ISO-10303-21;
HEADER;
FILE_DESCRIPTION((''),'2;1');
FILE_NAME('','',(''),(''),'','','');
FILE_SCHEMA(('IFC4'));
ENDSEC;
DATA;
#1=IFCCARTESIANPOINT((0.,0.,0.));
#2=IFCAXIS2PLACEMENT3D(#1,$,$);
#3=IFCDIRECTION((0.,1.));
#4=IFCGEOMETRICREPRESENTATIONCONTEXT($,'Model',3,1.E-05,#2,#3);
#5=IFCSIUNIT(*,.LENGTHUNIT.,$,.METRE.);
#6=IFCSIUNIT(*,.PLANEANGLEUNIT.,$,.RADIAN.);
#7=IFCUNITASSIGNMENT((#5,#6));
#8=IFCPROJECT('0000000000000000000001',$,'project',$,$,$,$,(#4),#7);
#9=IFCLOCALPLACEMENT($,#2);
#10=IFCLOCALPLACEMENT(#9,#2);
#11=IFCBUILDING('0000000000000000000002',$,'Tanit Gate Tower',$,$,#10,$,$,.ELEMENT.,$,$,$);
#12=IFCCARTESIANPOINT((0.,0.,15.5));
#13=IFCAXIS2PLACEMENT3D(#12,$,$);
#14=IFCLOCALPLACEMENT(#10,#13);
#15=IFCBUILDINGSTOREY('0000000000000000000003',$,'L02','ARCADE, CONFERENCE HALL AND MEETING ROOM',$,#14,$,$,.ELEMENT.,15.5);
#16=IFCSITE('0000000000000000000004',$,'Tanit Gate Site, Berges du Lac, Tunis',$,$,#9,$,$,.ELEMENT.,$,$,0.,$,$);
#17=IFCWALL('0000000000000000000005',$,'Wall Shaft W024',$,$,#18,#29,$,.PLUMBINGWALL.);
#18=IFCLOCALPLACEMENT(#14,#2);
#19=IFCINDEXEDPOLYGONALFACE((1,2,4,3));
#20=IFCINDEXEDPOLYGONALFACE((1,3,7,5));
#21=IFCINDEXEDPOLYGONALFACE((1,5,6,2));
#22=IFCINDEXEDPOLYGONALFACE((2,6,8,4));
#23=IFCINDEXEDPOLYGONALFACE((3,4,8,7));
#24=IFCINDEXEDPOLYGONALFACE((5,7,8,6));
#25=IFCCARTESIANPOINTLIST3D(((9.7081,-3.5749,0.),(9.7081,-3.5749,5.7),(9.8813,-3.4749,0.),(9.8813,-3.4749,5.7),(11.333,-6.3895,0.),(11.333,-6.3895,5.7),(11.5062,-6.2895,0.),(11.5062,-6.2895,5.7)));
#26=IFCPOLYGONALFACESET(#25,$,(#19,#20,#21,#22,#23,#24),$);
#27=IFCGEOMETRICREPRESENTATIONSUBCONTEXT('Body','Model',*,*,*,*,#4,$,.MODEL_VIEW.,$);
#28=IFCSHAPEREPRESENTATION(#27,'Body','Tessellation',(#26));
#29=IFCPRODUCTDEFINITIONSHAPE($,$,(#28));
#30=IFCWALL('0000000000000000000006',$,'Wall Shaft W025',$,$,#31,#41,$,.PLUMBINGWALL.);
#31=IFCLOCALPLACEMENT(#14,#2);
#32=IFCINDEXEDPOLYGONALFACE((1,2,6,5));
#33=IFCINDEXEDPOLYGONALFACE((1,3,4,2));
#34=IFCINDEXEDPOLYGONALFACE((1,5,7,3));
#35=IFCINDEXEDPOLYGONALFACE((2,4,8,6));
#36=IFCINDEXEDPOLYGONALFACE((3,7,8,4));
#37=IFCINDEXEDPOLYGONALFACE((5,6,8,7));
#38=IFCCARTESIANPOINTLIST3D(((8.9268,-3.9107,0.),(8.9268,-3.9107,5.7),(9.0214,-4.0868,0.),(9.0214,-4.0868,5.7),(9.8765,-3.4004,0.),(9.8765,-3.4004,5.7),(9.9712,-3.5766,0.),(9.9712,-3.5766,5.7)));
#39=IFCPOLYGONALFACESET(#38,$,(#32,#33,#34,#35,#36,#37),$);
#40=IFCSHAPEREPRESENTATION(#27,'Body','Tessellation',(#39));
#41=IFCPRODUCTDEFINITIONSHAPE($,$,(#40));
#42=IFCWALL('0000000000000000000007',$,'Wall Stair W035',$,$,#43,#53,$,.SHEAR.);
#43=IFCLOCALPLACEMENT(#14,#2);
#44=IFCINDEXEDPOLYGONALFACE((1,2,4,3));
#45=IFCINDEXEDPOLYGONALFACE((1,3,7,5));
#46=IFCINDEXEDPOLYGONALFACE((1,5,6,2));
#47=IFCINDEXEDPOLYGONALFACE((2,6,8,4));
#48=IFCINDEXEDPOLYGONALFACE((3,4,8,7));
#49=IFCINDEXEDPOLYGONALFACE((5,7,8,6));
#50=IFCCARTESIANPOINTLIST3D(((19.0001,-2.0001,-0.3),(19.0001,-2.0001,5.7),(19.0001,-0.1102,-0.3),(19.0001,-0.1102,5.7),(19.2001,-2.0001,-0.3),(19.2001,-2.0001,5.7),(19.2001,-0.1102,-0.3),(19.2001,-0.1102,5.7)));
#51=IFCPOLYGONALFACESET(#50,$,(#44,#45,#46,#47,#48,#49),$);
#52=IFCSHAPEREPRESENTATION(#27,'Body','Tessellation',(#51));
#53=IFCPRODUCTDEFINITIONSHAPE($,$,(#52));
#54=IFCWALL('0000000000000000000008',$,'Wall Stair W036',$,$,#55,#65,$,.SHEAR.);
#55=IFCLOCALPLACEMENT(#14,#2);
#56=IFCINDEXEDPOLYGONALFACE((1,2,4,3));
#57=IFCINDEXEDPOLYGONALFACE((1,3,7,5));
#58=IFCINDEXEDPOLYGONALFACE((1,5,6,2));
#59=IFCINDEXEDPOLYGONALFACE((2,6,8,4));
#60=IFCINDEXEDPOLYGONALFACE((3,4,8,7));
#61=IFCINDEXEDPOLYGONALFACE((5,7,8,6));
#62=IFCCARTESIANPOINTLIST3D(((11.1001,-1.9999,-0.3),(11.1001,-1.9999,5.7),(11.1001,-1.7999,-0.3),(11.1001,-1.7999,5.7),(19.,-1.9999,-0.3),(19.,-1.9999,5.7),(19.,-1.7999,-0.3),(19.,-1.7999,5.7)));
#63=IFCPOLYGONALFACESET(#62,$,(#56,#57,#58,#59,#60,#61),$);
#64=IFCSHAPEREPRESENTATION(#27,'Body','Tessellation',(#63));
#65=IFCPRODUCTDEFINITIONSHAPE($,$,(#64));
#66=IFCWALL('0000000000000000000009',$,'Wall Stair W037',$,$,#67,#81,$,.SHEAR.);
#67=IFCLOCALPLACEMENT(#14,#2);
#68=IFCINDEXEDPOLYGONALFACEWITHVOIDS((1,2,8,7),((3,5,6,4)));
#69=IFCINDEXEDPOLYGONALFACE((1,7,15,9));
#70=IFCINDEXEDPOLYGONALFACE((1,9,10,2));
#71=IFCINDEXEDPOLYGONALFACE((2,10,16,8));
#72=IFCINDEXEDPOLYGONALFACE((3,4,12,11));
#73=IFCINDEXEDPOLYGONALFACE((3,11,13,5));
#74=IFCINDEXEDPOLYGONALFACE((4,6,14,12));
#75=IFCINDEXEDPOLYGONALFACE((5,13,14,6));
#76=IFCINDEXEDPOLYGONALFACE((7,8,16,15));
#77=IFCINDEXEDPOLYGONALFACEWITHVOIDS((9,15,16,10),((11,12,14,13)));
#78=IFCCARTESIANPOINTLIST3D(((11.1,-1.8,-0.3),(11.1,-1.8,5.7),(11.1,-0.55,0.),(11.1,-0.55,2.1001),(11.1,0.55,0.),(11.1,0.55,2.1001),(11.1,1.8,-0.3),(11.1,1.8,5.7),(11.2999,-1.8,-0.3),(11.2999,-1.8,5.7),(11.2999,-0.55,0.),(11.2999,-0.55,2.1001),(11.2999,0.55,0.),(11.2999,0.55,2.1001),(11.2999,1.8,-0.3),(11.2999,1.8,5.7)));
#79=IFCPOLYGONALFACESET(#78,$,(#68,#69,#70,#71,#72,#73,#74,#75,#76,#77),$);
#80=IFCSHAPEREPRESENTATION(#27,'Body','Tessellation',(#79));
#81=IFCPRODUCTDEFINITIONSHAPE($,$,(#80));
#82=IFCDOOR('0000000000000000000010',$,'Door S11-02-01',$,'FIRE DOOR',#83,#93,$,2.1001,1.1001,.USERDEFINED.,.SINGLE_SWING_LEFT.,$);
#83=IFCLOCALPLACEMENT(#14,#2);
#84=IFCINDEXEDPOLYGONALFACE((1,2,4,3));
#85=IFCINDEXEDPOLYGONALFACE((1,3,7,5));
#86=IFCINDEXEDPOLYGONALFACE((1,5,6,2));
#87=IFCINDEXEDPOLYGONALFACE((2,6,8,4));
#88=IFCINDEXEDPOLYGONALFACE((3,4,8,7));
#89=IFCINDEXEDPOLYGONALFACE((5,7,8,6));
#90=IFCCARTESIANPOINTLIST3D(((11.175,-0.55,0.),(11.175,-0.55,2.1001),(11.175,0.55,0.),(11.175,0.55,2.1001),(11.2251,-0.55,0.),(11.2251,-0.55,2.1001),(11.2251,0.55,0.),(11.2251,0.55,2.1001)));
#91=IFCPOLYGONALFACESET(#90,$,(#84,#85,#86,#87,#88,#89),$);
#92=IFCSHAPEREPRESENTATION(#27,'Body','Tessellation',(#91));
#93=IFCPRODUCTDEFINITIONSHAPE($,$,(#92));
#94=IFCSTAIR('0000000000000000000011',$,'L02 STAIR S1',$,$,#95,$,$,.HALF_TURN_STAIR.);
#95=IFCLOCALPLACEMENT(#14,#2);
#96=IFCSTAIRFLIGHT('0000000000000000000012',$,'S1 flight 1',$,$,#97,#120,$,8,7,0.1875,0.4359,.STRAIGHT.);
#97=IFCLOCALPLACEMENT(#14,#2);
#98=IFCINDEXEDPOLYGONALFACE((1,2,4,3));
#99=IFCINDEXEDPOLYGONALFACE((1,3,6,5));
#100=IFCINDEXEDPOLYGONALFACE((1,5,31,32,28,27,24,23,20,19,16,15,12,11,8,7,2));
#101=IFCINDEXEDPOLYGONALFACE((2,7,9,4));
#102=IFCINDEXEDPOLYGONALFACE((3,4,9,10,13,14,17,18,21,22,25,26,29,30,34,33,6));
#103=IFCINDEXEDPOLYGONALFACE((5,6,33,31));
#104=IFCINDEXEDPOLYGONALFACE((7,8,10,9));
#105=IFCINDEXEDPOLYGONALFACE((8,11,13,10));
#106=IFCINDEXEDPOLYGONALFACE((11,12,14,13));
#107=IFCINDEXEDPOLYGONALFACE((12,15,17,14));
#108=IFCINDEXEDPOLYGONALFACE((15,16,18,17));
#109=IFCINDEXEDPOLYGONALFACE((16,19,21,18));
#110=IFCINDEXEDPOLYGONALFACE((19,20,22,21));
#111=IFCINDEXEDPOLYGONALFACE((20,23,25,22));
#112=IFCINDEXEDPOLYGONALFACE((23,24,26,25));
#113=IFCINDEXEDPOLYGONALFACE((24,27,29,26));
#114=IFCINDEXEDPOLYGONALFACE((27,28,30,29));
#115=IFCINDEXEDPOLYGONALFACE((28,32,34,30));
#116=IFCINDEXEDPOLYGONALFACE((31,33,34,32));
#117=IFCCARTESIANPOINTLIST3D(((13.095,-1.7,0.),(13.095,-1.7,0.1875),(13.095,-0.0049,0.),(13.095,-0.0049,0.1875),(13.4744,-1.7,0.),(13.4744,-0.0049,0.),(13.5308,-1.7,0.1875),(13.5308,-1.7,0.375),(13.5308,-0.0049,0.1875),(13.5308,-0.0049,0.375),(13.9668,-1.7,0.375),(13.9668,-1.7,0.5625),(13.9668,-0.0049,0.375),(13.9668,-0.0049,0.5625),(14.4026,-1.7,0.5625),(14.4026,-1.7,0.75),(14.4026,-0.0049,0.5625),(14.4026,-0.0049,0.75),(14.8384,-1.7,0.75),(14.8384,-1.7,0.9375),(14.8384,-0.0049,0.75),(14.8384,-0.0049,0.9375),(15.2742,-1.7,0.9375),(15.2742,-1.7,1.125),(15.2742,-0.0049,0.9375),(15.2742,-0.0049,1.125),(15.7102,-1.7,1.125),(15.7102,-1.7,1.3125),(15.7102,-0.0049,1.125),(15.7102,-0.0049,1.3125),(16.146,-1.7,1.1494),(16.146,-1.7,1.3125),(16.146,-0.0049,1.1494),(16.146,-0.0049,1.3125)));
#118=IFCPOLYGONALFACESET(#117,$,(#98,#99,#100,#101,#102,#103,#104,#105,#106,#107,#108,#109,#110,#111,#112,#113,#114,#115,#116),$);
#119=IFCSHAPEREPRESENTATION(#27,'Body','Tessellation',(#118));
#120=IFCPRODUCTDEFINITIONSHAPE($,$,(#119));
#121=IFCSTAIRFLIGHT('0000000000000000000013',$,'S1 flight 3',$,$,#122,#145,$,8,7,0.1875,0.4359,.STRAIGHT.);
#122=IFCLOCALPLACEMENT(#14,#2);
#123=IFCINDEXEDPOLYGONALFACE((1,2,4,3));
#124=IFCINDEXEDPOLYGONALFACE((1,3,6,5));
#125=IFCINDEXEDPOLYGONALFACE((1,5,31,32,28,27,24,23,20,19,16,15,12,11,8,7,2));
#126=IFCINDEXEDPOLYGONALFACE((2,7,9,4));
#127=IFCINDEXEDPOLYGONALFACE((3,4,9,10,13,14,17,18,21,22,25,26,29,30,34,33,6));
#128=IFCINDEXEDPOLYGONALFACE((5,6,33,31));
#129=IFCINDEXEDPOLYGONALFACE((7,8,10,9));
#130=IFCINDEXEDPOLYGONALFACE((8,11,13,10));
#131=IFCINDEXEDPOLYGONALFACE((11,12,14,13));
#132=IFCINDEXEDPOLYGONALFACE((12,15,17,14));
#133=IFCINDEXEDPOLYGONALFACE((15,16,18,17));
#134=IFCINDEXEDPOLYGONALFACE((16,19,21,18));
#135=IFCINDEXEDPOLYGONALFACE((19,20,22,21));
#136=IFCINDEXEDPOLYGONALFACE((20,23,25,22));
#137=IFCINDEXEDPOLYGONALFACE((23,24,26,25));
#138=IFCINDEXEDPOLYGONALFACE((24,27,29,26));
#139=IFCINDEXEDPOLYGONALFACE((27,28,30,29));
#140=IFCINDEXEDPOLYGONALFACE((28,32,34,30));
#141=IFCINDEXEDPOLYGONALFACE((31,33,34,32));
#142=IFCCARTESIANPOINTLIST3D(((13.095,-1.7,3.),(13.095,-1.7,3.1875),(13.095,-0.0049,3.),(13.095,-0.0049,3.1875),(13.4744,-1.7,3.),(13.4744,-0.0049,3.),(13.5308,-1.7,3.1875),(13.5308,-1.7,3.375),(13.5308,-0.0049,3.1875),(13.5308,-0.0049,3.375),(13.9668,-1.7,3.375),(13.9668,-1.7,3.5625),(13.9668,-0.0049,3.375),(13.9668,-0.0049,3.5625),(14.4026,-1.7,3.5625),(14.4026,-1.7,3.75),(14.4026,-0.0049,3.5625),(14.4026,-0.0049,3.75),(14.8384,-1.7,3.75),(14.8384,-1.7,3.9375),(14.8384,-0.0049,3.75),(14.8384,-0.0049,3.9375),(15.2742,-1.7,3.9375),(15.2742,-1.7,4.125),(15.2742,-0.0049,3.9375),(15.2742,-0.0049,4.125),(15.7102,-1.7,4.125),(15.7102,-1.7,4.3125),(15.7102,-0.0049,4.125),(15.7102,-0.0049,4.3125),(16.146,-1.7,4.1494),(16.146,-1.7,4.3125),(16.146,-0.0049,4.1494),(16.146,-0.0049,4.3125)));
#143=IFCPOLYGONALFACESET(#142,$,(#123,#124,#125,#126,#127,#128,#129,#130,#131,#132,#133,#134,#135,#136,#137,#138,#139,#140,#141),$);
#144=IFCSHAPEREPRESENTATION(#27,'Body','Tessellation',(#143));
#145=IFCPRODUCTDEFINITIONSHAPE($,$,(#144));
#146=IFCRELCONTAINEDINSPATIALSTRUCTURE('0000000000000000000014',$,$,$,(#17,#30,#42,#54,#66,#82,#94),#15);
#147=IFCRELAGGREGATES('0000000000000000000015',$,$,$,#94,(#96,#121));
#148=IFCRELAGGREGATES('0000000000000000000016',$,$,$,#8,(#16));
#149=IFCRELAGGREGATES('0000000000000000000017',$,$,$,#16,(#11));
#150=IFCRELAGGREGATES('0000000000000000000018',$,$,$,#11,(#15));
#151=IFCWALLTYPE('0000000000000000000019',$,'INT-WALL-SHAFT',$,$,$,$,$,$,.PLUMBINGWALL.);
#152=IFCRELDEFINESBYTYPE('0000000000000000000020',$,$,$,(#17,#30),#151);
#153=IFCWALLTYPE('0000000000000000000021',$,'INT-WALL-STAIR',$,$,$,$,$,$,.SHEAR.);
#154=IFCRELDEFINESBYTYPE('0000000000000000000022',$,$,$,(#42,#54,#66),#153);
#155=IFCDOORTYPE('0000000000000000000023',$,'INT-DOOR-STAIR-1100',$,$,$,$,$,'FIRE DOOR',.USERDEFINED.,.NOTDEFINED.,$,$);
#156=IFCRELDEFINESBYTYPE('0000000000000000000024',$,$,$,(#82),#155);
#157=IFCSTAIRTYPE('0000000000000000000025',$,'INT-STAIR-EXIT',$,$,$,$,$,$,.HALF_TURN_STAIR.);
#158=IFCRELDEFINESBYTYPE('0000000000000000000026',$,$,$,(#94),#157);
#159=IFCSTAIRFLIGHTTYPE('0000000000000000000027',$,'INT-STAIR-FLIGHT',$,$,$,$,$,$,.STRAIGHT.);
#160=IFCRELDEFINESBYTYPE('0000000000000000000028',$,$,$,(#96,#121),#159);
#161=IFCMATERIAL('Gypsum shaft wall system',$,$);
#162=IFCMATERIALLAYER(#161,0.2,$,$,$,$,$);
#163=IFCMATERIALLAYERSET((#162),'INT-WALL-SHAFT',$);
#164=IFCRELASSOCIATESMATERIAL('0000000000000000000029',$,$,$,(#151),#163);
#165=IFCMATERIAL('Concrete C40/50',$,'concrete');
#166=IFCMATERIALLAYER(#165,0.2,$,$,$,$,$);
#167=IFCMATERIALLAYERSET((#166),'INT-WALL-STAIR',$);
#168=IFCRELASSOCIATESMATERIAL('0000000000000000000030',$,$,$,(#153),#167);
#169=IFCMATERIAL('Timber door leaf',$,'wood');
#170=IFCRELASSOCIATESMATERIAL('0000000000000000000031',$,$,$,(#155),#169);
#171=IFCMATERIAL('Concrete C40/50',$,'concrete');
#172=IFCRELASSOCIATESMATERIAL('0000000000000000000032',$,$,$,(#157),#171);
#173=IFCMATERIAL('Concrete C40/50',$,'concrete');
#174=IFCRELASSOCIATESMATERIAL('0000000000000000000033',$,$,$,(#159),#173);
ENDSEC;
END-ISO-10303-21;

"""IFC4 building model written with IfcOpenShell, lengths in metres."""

from ifc_helpers import new_model, si_unit, direction, frame, frame_2d, origin, place, context, subcontext, project, spatial, polyline, rectangle, outline, extrude, material, layer, layer_set, type_object, element, fill, aggregate, save


model = new_model("IFC4")

# Units and contexts
model_context = context("Model", 3, precision=1e-05, world=origin(), true_north=direction((0.0, 1.0)))
body_context = subcontext(model_context, "Body", "Model", "MODEL_VIEW")
ifc_project = project(units=[si_unit("LENGTHUNIT", "METRE"), si_unit("PLANEANGLEUNIT", "RADIAN")], contexts=[model_context])

# Site, building, storey
site_placement = place(None, origin())
site = spatial("IfcSite", under=ifc_project, at=site_placement, Name="Tanit Gate Site, Berges du Lac, Tunis", CompositionType="ELEMENT", RefElevation=0.0)
building_placement = place(site_placement, origin())
building = spatial("IfcBuilding", under=site, at=building_placement, Name="Tanit Gate Tower", CompositionType="ELEMENT")
storey_placement = place(building_placement, frame((0.0, 0.0, 15.5)))
storey = spatial("IfcBuildingStorey", under=building, at=storey_placement, Name="L02", Description="ARCADE, CONFERENCE HALL AND MEETING ROOM", CompositionType="ELEMENT", Elevation=15.5)

# Walls
ifc_material_1 = material(Name="Gypsum shaft wall system")
ifc_layer_1 = layer(ifc_material_1, 0.2)
ifc_layer_set_1 = layer_set([ifc_layer_1], Name="INT-WALL-SHAFT")
wall_type_1 = type_object("IfcWallType", Name="INT-WALL-SHAFT", PredefinedType="PLUMBINGWALL", material=ifc_layer_set_1)
wall_1_placement = place(storey_placement, frame((9.7947, -3.5249, 0.0), z_axis=(0.0, 0.0, 1.0), x_axis=(0.499985, -0.866034, 0.0)))
element("IfcWall", 1, at=wall_1_placement, inside=storey, type_object=wall_type_1, Name="Wall Shaft W024", PredefinedType="PLUMBINGWALL", context=body_context, shape_type="SweptSolid", body=[
    extrude(rectangle(XDim=3.25, YDim=0.2, at=frame_2d((1.625, 0.0))), origin(), (0.0, 0.0, 1.0), 5.7),
])
wall_2_placement = place(storey_placement, frame((8.9741, -3.9988, 0.0), z_axis=(0.0, 0.0, 1.0), x_axis=(0.880907, 0.473289, 0.0)))
element("IfcWall", 2, at=wall_2_placement, inside=storey, type_object=wall_type_1, Name="Wall Shaft W025", PredefinedType="PLUMBINGWALL", context=body_context, shape_type="SweptSolid", body=[
    extrude(rectangle(XDim=1.0781, YDim=0.2, at=frame_2d((0.5391, 0.0))), origin(), (0.0, 0.0, 1.0), 5.7),
])
ifc_material_2 = material(Name="Concrete C40/50", Category="concrete")
ifc_layer_2 = layer(ifc_material_2, 0.2)
ifc_layer_set_2 = layer_set([ifc_layer_2], Name="INT-WALL-STAIR")
wall_type_2 = type_object("IfcWallType", Name="INT-WALL-STAIR", PredefinedType="SHEAR", material=ifc_layer_set_2)
wall_3_placement = place(storey_placement, frame((19.1001, -2.0, -0.3), z_axis=(0.0, 0.0, 1.0), x_axis=(0.0, 1.0, 0.0)))
element("IfcWall", 3, at=wall_3_placement, inside=storey, type_object=wall_type_2, Name="Wall Stair W035", PredefinedType="SHEAR", context=body_context, shape_type="SweptSolid", body=[
    extrude(rectangle(XDim=1.8899, YDim=0.2, at=frame_2d((0.9448, 0.0))), origin(), (0.0, 0.0, 1.0), 6.0),
])
wall_4_placement = place(storey_placement, frame((11.1001, -1.8999, -0.3), z_axis=(0.0, 0.0, 1.0), x_axis=(1.0, 0.0, 0.0)))
element("IfcWall", 4, at=wall_4_placement, inside=storey, type_object=wall_type_2, Name="Wall Stair W036", PredefinedType="SHEAR", context=body_context, shape_type="SweptSolid", body=[
    extrude(rectangle(XDim=7.8999, YDim=0.2, at=frame_2d((3.95, 0.0))), origin(), (0.0, 0.0, 1.0), 6.0),
])

# Wall, opening, door
wall_5_placement = place(storey_placement, frame((11.2, -1.8, -0.3), z_axis=(0.0, 0.0, 1.0), x_axis=(0.0, 1.0, 0.0)))
wall_5 = element("IfcWall", 5, at=wall_5_placement, inside=storey, type_object=wall_type_2, Name="Wall Stair W037", PredefinedType="SHEAR", context=body_context, shape_type="SweptSolid", body=[
    extrude(rectangle(XDim=3.6001, YDim=0.2, at=frame_2d((1.8, 0.0))), origin(), (0.0, 0.0, 1.0), 6.0),
])
opening_1_placement = place(wall_5_placement, frame((1.25, 0.0, 0.3)))
opening_1 = element("IfcOpeningElement", 6, at=opening_1_placement, cuts=wall_5, PredefinedType="OPENING", context=body_context, shape_type="SweptSolid", body=[
    extrude(rectangle(XDim=1.1001, YDim=2.1001, at=frame_2d((0.55, 1.05))), frame((0.0, 0.1099, 0.0), z_axis=(0.0, -1.0, 0.0), x_axis=(1.0, 0.0, 0.0)), (0.0, 0.0, 1.0), 0.22),
])
ifc_material_3 = material(Name="Timber door leaf", Category="wood")
door_type_1 = type_object("IfcDoorType", Name="INT-DOOR-STAIR-1100", ElementType="FIRE DOOR", OperationType="NOTDEFINED", PredefinedType="USERDEFINED", material=ifc_material_3)
door_1_placement = place(opening_1_placement, origin())
door_1 = element("IfcDoor", 7, at=door_1_placement, inside=storey, type_object=door_type_1, Name="Door S11-02-01", ObjectType="FIRE DOOR", OperationType="SINGLE_SWING_LEFT", OverallHeight=2.1001, OverallWidth=1.1001, PredefinedType="USERDEFINED", context=body_context, shape_type="SweptSolid", body=[
    extrude(rectangle(XDim=1.1001, YDim=2.1001, at=frame_2d((0.55, 1.05))), frame((0.0, 0.0249, 0.0), z_axis=(0.0, -1.0, 0.0), x_axis=(1.0, 0.0, 0.0)), (0.0, 0.0, 1.0), 0.05),
])
fill(opening_1, door_1)

# Stair, stair flights
ifc_material_4 = material(Name="Concrete C40/50", Category="concrete")
stair_type = type_object("IfcStairType", Name="INT-STAIR-EXIT", PredefinedType="HALF_TURN_STAIR", material=ifc_material_4)
stair_placement = place(storey_placement, origin())
stair = element("IfcStair", 8, at=stair_placement, inside=storey, type_object=stair_type, Name="L02 STAIR S1", PredefinedType="HALF_TURN_STAIR")
ifc_material_5 = material(Name="Concrete C40/50", Category="concrete")
stair_flight_type = type_object("IfcStairFlightType", Name="INT-STAIR-FLIGHT", PredefinedType="STRAIGHT", material=ifc_material_5)
stair_flight_1_placement = place(storey_placement, frame((13.095, -0.8525, 0.0), z_axis=(0.0, 0.0, 1.0), x_axis=(1.0, 0.0, 0.0)))
stair_flight_1 = element("IfcStairFlight", 9, at=stair_flight_1_placement, type_object=stair_flight_type, Name="S1 flight 1", NumberOfRisers=8, NumberOfTreads=7, PredefinedType="STRAIGHT", RiserHeight=0.1875, TreadLength=0.4359, context=body_context, shape_type="SweptSolid", body=[
    extrude(outline(polyline([(0.0, 0.0), (0.0, 0.1875), (0.4358, 0.1875), (0.4358, 0.375), (0.8718, 0.375), (0.8718, 0.5625), (1.3076, 0.5625), (1.3076, 0.75), (1.7434, 0.75), (1.7434, 0.9375), (2.1792, 0.9375), (2.1792, 1.125), (2.6152, 1.125), (2.6152, 1.3125), (3.051, 1.3125), (3.051, 1.5), (3.051, 1.1494), (0.3794, 0.0), (0.0, 0.0)])), frame((0.0, 0.8477, 0.0), z_axis=(0.0, -1.0, 0.0), x_axis=(1.0, 0.0, 0.0)), (0.0, 0.0, 1.0), 1.6951),
])
stair_flight_2_placement = place(storey_placement, frame((13.095, -0.8525, 3.0), z_axis=(0.0, 0.0, 1.0), x_axis=(1.0, 0.0, 0.0)))
stair_flight_2 = element("IfcStairFlight", 10, at=stair_flight_2_placement, type_object=stair_flight_type, Name="S1 flight 3", NumberOfRisers=8, NumberOfTreads=7, PredefinedType="STRAIGHT", RiserHeight=0.1875, TreadLength=0.4359, context=body_context, shape_type="SweptSolid", body=[
    extrude(outline(polyline([(0.0, 0.0), (0.0, 0.1875), (0.4358, 0.1875), (0.4358, 0.375), (0.8718, 0.375), (0.8718, 0.5625), (1.3076, 0.5625), (1.3076, 0.75), (1.7434, 0.75), (1.7434, 0.9375), (2.1792, 0.9375), (2.1792, 1.125), (2.6152, 1.125), (2.6152, 1.3125), (3.051, 1.3125), (3.051, 1.5), (3.051, 1.1494), (0.3794, 0.0), (0.0, 0.0)])), frame((0.0, 0.8477, 0.0), z_axis=(0.0, -1.0, 0.0), x_axis=(1.0, 0.0, 0.0)), (0.0, 0.0, 1.0), 1.6951),
])
aggregate(stair, [stair_flight_1, stair_flight_2])

save(model, "model.ifc")
